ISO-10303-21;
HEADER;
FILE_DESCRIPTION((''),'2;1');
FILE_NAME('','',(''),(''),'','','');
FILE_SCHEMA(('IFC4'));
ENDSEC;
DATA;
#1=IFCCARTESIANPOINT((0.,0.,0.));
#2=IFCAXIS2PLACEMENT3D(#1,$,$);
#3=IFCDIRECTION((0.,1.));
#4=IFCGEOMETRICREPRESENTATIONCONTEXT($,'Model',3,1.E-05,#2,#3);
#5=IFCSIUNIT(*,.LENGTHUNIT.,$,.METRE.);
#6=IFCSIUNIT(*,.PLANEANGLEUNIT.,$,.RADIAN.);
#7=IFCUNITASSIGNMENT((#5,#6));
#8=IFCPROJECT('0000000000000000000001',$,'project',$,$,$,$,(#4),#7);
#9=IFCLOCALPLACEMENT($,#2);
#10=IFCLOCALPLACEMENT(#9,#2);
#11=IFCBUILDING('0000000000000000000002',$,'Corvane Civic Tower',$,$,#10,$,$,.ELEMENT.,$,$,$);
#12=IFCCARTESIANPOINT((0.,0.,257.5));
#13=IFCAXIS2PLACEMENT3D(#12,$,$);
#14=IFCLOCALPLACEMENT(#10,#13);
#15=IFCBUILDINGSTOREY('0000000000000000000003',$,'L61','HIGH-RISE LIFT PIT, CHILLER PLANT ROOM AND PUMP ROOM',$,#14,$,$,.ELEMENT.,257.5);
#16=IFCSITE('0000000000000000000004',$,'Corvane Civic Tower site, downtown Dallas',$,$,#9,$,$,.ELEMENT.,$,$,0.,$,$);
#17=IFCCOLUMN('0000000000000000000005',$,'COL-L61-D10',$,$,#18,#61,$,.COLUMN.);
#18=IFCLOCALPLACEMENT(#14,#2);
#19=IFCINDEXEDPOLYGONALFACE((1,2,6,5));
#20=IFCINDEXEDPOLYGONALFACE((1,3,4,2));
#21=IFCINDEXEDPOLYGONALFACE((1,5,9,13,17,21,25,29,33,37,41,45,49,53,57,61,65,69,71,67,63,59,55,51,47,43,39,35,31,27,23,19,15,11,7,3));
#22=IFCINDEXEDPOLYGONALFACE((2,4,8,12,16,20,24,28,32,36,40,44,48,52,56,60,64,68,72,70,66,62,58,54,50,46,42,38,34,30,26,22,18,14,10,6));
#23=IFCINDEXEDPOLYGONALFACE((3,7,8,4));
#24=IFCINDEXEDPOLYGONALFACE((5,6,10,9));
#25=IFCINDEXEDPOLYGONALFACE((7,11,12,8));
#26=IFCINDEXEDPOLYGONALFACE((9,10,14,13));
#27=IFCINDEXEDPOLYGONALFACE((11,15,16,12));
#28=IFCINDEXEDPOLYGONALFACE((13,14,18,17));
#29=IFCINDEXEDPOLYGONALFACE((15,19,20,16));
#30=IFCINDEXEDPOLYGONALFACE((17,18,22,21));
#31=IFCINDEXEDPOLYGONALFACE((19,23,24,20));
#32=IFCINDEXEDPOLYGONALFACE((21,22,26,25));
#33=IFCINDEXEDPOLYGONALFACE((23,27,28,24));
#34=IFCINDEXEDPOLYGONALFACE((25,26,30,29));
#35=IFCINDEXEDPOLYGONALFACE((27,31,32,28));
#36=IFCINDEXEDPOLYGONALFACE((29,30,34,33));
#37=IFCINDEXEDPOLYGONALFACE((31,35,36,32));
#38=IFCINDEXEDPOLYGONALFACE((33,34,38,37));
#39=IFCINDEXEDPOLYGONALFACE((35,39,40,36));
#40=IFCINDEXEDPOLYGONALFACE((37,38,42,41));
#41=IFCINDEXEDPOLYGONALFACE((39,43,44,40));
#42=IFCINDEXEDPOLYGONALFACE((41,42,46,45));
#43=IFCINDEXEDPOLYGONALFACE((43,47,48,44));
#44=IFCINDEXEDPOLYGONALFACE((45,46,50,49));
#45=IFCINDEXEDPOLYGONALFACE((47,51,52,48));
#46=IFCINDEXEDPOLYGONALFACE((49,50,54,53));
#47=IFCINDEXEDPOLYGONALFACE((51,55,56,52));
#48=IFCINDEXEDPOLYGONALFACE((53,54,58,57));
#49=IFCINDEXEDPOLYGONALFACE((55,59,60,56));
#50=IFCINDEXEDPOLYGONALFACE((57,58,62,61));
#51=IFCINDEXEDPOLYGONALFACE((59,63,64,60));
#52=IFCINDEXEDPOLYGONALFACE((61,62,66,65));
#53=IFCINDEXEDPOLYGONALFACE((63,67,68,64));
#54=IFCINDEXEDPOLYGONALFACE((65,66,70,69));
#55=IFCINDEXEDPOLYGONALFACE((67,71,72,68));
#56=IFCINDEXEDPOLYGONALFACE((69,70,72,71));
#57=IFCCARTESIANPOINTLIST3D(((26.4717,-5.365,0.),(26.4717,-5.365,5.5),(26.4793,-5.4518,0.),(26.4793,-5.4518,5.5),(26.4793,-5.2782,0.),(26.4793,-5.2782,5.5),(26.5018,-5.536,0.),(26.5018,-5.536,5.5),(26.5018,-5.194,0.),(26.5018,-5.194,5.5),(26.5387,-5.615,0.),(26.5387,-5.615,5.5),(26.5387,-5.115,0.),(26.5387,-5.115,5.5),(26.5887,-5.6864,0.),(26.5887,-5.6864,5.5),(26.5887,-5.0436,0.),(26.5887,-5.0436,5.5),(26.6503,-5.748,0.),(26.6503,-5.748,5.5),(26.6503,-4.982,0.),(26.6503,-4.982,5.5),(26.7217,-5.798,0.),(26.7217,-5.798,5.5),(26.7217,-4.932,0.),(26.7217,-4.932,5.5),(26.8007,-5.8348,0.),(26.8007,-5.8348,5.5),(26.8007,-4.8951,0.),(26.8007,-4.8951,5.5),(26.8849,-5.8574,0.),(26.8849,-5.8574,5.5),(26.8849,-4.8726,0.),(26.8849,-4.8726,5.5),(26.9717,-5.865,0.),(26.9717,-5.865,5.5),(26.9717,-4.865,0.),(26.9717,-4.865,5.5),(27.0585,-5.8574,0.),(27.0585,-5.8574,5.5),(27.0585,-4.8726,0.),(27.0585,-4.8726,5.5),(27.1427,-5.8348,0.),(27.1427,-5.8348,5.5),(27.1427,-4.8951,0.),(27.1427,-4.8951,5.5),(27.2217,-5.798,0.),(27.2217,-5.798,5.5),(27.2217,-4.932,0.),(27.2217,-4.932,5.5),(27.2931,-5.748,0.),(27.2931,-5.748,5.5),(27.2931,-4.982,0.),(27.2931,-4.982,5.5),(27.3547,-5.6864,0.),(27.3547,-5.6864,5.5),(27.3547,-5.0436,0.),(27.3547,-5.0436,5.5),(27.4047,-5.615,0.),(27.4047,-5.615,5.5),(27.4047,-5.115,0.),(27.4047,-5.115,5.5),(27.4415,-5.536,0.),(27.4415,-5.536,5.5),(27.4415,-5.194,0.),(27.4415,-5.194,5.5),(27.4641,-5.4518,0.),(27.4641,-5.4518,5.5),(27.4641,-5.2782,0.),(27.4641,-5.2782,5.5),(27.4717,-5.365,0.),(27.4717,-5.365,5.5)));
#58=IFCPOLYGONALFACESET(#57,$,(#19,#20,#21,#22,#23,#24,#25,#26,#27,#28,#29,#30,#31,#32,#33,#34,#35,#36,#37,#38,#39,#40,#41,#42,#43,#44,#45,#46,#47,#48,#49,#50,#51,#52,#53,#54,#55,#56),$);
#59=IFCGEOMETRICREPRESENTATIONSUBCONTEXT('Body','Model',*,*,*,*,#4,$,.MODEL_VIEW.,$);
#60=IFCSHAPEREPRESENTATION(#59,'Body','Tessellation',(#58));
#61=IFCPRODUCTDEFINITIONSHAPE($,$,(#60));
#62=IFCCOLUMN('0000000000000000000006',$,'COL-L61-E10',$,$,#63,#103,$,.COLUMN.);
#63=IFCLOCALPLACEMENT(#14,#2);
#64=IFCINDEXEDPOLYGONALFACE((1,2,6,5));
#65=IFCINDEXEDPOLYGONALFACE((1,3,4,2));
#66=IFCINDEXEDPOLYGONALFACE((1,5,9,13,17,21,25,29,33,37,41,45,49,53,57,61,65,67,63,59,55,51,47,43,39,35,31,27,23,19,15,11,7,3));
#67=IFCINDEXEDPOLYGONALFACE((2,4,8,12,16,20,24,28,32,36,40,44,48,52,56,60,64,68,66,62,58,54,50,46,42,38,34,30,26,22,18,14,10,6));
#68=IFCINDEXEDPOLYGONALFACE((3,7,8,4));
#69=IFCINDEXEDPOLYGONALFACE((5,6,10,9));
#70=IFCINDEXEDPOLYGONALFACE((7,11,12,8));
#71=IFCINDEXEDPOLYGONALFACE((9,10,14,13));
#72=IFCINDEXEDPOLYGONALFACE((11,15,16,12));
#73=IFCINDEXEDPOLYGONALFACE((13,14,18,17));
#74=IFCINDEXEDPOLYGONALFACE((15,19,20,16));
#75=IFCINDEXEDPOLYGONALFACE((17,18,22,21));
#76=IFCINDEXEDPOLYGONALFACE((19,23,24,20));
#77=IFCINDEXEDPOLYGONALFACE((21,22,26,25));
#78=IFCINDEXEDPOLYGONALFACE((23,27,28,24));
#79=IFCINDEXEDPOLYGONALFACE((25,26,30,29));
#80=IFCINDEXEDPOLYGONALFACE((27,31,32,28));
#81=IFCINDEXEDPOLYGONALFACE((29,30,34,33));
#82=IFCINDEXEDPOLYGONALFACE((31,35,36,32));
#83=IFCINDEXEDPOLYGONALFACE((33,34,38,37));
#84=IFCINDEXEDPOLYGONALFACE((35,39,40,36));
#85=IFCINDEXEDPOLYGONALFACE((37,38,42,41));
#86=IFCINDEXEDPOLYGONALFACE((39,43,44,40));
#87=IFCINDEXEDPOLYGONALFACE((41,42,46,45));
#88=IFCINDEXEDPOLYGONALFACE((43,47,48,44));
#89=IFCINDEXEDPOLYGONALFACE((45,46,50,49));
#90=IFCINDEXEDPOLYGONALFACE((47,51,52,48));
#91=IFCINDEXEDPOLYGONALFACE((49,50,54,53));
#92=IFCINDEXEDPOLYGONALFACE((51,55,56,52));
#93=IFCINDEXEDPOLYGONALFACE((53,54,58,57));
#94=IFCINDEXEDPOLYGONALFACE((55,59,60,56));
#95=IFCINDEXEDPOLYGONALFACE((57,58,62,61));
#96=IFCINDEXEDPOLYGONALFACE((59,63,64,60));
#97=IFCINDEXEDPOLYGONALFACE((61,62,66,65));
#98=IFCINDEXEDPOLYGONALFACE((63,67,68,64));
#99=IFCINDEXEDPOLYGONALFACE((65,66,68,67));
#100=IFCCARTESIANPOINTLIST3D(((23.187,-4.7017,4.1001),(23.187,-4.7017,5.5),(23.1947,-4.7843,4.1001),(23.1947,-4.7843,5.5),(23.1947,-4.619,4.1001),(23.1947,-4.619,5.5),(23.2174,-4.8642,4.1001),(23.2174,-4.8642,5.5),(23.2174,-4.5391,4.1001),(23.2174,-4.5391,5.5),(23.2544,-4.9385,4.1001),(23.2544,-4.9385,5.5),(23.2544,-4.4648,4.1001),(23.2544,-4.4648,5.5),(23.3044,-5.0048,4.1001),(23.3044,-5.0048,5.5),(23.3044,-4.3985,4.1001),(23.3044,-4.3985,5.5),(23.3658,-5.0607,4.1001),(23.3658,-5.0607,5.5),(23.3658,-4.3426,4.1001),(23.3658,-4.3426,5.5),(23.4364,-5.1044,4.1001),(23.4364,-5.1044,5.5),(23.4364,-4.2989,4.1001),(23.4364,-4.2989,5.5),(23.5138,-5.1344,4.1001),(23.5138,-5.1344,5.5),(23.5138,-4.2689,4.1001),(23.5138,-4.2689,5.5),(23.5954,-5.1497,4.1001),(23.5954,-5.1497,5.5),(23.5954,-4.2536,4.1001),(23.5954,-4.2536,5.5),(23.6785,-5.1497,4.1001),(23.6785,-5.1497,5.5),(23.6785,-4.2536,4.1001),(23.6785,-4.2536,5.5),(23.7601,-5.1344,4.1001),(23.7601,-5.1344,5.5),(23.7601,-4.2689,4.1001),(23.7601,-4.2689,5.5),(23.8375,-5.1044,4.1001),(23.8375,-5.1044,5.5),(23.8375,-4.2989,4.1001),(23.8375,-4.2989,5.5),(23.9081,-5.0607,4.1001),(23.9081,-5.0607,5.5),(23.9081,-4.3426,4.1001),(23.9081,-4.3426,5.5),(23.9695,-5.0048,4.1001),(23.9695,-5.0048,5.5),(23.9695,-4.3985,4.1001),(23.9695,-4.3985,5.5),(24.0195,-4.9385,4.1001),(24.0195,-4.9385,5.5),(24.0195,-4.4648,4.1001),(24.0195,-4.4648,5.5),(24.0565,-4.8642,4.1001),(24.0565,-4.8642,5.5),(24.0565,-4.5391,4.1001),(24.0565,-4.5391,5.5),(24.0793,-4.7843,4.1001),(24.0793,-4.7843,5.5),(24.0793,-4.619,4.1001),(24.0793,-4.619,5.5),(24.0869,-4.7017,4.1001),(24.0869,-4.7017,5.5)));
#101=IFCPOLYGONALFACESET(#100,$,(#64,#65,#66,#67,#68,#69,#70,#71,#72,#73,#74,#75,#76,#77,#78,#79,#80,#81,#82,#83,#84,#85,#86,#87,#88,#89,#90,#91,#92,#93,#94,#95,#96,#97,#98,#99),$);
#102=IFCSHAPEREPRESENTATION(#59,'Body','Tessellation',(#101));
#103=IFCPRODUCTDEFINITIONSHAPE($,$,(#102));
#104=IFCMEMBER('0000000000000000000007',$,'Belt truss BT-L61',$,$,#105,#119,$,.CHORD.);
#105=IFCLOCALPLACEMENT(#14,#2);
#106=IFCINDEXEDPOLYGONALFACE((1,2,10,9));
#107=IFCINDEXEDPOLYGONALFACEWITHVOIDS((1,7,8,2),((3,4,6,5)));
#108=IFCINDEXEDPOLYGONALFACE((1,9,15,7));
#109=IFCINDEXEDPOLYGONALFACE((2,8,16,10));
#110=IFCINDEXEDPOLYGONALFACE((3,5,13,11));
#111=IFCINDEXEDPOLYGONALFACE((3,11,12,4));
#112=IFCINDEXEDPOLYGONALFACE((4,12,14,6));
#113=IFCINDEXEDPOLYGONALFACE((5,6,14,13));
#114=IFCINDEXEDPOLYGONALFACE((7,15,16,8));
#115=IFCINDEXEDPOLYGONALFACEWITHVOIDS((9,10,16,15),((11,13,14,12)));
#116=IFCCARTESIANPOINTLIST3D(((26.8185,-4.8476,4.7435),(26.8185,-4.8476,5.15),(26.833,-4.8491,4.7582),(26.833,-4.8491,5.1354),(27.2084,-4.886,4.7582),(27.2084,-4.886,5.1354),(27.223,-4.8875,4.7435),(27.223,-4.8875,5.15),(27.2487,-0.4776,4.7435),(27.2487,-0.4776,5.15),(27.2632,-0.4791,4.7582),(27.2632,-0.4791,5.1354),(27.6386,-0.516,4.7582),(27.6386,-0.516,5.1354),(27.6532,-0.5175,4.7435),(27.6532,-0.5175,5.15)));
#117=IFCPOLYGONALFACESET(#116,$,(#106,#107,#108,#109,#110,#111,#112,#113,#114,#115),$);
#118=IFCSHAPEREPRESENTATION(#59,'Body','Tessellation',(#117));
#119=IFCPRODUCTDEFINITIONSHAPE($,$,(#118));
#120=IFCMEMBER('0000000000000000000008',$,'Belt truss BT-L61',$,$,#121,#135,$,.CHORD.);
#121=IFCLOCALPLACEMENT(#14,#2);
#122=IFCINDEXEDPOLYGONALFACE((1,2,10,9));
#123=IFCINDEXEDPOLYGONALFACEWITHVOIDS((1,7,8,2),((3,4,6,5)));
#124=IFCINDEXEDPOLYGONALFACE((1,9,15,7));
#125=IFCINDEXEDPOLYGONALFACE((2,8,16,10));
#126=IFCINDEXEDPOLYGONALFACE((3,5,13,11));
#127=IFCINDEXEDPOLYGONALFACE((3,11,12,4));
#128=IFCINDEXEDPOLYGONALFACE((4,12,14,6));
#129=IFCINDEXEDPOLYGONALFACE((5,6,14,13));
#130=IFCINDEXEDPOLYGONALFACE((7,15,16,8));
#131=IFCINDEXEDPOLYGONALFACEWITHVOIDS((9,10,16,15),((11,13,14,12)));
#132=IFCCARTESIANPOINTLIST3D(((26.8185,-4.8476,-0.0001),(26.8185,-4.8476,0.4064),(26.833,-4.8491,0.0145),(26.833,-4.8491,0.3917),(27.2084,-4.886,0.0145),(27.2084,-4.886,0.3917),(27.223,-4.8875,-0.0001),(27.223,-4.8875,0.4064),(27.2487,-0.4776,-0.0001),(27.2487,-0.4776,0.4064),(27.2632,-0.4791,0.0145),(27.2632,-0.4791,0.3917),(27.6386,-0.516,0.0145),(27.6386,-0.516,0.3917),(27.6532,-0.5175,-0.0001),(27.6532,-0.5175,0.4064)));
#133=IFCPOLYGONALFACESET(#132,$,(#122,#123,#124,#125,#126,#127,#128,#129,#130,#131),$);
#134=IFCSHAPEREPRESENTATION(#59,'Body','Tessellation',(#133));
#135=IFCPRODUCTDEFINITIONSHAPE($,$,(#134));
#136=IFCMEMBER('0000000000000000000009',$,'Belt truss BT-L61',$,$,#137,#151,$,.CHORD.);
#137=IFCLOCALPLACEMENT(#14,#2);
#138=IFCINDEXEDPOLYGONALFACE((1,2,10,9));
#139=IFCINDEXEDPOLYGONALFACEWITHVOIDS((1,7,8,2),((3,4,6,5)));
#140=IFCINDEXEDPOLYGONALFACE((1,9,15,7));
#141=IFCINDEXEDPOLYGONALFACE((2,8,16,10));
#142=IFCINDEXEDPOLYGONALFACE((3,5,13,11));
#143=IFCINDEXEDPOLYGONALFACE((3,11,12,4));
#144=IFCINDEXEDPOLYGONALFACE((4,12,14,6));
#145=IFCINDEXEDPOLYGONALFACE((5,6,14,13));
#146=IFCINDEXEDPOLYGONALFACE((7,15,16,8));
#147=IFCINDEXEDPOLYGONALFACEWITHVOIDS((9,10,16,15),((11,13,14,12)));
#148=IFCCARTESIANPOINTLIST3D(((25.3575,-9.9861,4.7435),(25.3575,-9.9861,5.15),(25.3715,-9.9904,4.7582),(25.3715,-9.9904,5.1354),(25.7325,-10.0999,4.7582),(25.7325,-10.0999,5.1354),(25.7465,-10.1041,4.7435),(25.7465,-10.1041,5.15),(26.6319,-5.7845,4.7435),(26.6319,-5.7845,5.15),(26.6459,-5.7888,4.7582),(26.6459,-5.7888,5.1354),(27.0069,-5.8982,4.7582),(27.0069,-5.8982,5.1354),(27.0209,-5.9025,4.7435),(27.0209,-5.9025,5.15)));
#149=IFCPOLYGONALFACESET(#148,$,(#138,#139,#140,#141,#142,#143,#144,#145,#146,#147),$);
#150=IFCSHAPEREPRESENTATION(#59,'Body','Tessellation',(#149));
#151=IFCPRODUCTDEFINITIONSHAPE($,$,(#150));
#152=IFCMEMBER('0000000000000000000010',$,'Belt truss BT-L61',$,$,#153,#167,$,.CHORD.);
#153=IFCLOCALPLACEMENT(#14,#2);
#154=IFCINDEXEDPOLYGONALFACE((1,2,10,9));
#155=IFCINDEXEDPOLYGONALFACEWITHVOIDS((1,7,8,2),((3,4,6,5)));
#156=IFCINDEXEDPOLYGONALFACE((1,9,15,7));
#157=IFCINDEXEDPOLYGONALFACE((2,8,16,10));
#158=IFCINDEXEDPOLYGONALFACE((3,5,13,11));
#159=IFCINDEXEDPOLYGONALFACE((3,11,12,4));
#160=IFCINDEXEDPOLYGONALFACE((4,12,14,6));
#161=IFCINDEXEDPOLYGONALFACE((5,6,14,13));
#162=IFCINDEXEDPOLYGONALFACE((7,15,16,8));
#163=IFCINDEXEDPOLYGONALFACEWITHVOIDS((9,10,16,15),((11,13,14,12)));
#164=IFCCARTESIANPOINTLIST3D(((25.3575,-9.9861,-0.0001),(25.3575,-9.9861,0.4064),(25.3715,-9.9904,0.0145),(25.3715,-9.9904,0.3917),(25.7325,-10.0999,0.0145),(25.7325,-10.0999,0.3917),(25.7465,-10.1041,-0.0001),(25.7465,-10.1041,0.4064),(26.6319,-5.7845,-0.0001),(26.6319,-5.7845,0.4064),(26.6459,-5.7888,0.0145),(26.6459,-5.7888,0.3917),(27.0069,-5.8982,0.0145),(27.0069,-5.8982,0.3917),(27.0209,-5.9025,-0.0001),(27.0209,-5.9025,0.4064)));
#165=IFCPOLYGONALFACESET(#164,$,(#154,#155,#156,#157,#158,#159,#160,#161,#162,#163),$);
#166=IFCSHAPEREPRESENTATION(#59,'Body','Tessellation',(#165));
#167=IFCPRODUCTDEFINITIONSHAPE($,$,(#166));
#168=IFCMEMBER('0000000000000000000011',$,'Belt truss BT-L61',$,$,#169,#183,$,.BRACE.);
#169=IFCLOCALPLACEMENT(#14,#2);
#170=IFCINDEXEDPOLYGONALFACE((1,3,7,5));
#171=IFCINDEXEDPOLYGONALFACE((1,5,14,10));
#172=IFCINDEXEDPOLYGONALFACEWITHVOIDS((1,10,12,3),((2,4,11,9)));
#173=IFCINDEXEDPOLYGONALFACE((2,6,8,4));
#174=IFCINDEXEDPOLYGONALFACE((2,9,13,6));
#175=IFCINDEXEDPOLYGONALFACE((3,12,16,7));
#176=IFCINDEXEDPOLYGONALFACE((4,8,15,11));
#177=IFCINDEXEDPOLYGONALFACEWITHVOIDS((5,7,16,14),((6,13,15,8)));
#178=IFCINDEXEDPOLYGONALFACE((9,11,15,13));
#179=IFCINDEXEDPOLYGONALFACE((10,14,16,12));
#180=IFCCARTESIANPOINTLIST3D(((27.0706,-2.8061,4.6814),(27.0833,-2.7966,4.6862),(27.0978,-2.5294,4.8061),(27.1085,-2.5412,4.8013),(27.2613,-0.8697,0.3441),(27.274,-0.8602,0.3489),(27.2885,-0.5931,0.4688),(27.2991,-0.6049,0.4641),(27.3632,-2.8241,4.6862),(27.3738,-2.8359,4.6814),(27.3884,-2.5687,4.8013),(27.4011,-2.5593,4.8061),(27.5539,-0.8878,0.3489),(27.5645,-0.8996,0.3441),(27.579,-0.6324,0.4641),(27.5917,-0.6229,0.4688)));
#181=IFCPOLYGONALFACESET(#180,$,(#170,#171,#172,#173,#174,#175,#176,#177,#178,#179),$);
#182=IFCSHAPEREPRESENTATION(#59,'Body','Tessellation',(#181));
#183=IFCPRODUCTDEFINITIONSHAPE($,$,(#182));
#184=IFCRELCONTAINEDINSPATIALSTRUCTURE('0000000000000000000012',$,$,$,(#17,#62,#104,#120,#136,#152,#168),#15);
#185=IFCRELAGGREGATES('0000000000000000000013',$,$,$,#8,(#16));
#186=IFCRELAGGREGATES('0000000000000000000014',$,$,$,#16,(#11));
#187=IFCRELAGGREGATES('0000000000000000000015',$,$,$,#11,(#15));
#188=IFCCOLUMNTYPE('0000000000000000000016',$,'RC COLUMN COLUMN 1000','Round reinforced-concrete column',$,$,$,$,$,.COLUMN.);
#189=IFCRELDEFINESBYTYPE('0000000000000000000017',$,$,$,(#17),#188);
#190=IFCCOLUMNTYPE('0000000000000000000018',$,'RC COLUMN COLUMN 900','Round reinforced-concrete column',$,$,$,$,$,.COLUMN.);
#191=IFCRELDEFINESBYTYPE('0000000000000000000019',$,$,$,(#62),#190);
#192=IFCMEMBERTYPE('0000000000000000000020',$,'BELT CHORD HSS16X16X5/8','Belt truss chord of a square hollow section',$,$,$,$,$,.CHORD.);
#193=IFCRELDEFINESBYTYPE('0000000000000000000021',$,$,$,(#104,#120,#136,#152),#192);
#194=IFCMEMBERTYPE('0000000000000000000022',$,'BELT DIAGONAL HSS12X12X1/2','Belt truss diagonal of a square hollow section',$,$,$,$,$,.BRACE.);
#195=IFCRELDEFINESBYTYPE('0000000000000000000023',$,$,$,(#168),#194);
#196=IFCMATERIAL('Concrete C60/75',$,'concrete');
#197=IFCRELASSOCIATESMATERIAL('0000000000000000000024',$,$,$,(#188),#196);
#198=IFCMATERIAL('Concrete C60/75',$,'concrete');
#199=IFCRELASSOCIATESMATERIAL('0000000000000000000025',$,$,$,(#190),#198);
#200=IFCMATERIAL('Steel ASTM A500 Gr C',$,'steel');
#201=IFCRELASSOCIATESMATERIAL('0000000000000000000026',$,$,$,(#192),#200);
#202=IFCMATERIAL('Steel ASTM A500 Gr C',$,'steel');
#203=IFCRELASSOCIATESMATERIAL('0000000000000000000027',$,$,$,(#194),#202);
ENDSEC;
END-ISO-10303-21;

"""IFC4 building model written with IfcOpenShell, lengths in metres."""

from ifc_helpers import new_model, si_unit, direction, frame, origin, origin_2d, place, context, subcontext, project, spatial, hollow_rectangle, circle, extrude, material, material_profile, profile_set, type_object, element, save


model = new_model("IFC4")

# Units and contexts
model_context = context("Model", 3, precision=1e-05, world=origin(), true_north=direction((0.0, 1.0)))
body_context = subcontext(model_context, "Body", "Model", "MODEL_VIEW")
ifc_project = project(units=[si_unit("LENGTHUNIT", "METRE"), si_unit("PLANEANGLEUNIT", "RADIAN")], contexts=[model_context])

# Site, building, storey
site_placement = place(None, origin())
site = spatial("IfcSite", under=ifc_project, at=site_placement, Name="Corvane Civic Tower site, downtown Dallas", CompositionType="ELEMENT", RefElevation=0.0)
building_placement = place(site_placement, origin())
building = spatial("IfcBuilding", under=site, at=building_placement, Name="Corvane Civic Tower", CompositionType="ELEMENT")
storey_placement = place(building_placement, frame((0.0, 0.0, 257.5)))
storey = spatial("IfcBuildingStorey", under=building, at=storey_placement, Name="L61", Description="HIGH-RISE LIFT PIT, CHILLER PLANT ROOM AND PUMP ROOM", CompositionType="ELEMENT", Elevation=257.5)

# Columns
ifc_material_1 = material(Name="Concrete C60/75", Category="concrete")
ifc_material_profile_1 = material_profile(ifc_material_1, circle(Radius=0.5, at=origin_2d()), Name="COLUMN 1000")
ifc_profile_set_1 = profile_set([ifc_material_profile_1], Name="Concrete C60/75")
column_type_1 = type_object("IfcColumnType", Name="RC COLUMN COLUMN 1000", Description="Round reinforced-concrete column", PredefinedType="COLUMN", material=ifc_profile_set_1)
column_1_placement = place(storey_placement, frame((26.9717, -5.365, 0.0), z_axis=(0.0, 0.0, 1.0), x_axis=(1.0, 0.0, 0.0)))
element("IfcColumn", 1, at=column_1_placement, inside=storey, type_object=column_type_1, Name="COL-L61-D10", PredefinedType="COLUMN", context=body_context, shape_type="SweptSolid", body=[
    extrude(circle(Radius=0.5, at=origin_2d()), origin(), (0.0, 0.0, 1.0), 5.5),
])
ifc_material_2 = material(Name="Concrete C60/75", Category="concrete")
ifc_material_profile_2 = material_profile(ifc_material_2, circle(Radius=0.45, at=origin_2d()), Name="COLUMN 900")
ifc_profile_set_2 = profile_set([ifc_material_profile_2], Name="Concrete C60/75")
column_type_2 = type_object("IfcColumnType", Name="RC COLUMN COLUMN 900", Description="Round reinforced-concrete column", PredefinedType="COLUMN", material=ifc_profile_set_2)
column_2_placement = place(storey_placement, frame((23.637, -4.7017, 4.1001), z_axis=(0.0, 0.0, 1.0), x_axis=(1.0, 0.0, 0.0)))
element("IfcColumn", 2, at=column_2_placement, inside=storey, type_object=column_type_2, Name="COL-L61-E10", PredefinedType="COLUMN", context=body_context, shape_type="SweptSolid", body=[
    extrude(circle(Radius=0.45, at=origin_2d()), origin(), (0.0, 0.0, 1.0), 1.3999),
])

# Members
ifc_material_3 = material(Name="Steel ASTM A500 Gr C", Category="steel")
ifc_material_profile_3 = material_profile(ifc_material_3, hollow_rectangle(XDim=0.4065, YDim=0.4065, WallThickness=0.0146, at=origin_2d()), Name="HSS16X16X5/8")
ifc_profile_set_3 = profile_set([ifc_material_profile_3], Name="Steel ASTM A500 Gr C")
member_type_1 = type_object("IfcMemberType", Name="BELT CHORD HSS16X16X5/8", Description="Belt truss chord of a square hollow section", PredefinedType="CHORD", material=ifc_profile_set_3)
for number, where, z_axis, x_axis, name in (
    (3, (27.4509, -0.4976, 4.9468), (-0.097968, -0.99519, 0.0), (0.99519, -0.097968, 0.0), "Belt truss BT-L61"),
    (4, (27.4509, -0.4976, 0.2031), (-0.097968, -0.99519, 0.0), (0.99519, -0.097968, 0.0), "Belt truss BT-L61"),
):
    element("IfcMember", number, at=place(storey_placement, frame(where, z_axis=z_axis, x_axis=x_axis)), inside=storey, type_object=member_type_1, Name=name, PredefinedType="CHORD", context=body_context, shape_type="SweptSolid", body=[
        extrude(hollow_rectangle(XDim=0.4065, YDim=0.4065, WallThickness=0.0146, at=origin_2d()), origin(), (0.0, 0.0, 1.0), 4.3911),
    ])
for number, where, z_axis, x_axis, name in (
    (5, (26.8264, -5.8435, 4.9468), (-0.290254, -0.95695, 0.0), (0.95695, -0.290254, 0.0), "Belt truss BT-L61"),
    (6, (26.8264, -5.8435, 0.2031), (-0.290254, -0.95695, 0.0), (0.95695, -0.290254, 0.0), "Belt truss BT-L61"),
):
    element("IfcMember", number, at=place(storey_placement, frame(where, z_axis=z_axis, x_axis=x_axis)), inside=storey, type_object=member_type_1, Name=name, PredefinedType="CHORD", context=body_context, shape_type="SweptSolid", body=[
        extrude(hollow_rectangle(XDim=0.4065, YDim=0.4065, WallThickness=0.0146, at=origin_2d()), origin(), (0.0, 0.0, 1.0), 4.3906),
    ])
ifc_material_4 = material(Name="Steel ASTM A500 Gr C", Category="steel")
ifc_material_profile_4 = material_profile(ifc_material_4, hollow_rectangle(XDim=0.3047, YDim=0.3047, WallThickness=0.0117, at=origin_2d()), Name="HSS12X12X1/2")
ifc_profile_set_4 = profile_set([ifc_material_profile_4], Name="Steel ASTM A500 Gr C")
member_type_2 = type_object("IfcMemberType", Name="BELT DIAGONAL HSS12X12X1/2", Description="Belt truss diagonal of a square hollow section", PredefinedType="BRACE", material=ifc_profile_set_4)
member_1_placement = place(storey_placement, frame((27.4265, -0.7463, 0.4065), z_axis=(-0.040112, -0.407331, 0.912399), x_axis=(0.995186, -0.098, 0.0)))
element("IfcMember", 7, at=member_1_placement, inside=storey, type_object=member_type_2, Name="Belt truss BT-L61", PredefinedType="BRACE", context=body_context, shape_type="SweptSolid", body=[
    extrude(hollow_rectangle(XDim=0.3047, YDim=0.3047, WallThickness=0.0117, at=origin_2d()), origin(), (0.0, 0.0, 1.0), 4.7537),
])

save(model, "model.ifc")
